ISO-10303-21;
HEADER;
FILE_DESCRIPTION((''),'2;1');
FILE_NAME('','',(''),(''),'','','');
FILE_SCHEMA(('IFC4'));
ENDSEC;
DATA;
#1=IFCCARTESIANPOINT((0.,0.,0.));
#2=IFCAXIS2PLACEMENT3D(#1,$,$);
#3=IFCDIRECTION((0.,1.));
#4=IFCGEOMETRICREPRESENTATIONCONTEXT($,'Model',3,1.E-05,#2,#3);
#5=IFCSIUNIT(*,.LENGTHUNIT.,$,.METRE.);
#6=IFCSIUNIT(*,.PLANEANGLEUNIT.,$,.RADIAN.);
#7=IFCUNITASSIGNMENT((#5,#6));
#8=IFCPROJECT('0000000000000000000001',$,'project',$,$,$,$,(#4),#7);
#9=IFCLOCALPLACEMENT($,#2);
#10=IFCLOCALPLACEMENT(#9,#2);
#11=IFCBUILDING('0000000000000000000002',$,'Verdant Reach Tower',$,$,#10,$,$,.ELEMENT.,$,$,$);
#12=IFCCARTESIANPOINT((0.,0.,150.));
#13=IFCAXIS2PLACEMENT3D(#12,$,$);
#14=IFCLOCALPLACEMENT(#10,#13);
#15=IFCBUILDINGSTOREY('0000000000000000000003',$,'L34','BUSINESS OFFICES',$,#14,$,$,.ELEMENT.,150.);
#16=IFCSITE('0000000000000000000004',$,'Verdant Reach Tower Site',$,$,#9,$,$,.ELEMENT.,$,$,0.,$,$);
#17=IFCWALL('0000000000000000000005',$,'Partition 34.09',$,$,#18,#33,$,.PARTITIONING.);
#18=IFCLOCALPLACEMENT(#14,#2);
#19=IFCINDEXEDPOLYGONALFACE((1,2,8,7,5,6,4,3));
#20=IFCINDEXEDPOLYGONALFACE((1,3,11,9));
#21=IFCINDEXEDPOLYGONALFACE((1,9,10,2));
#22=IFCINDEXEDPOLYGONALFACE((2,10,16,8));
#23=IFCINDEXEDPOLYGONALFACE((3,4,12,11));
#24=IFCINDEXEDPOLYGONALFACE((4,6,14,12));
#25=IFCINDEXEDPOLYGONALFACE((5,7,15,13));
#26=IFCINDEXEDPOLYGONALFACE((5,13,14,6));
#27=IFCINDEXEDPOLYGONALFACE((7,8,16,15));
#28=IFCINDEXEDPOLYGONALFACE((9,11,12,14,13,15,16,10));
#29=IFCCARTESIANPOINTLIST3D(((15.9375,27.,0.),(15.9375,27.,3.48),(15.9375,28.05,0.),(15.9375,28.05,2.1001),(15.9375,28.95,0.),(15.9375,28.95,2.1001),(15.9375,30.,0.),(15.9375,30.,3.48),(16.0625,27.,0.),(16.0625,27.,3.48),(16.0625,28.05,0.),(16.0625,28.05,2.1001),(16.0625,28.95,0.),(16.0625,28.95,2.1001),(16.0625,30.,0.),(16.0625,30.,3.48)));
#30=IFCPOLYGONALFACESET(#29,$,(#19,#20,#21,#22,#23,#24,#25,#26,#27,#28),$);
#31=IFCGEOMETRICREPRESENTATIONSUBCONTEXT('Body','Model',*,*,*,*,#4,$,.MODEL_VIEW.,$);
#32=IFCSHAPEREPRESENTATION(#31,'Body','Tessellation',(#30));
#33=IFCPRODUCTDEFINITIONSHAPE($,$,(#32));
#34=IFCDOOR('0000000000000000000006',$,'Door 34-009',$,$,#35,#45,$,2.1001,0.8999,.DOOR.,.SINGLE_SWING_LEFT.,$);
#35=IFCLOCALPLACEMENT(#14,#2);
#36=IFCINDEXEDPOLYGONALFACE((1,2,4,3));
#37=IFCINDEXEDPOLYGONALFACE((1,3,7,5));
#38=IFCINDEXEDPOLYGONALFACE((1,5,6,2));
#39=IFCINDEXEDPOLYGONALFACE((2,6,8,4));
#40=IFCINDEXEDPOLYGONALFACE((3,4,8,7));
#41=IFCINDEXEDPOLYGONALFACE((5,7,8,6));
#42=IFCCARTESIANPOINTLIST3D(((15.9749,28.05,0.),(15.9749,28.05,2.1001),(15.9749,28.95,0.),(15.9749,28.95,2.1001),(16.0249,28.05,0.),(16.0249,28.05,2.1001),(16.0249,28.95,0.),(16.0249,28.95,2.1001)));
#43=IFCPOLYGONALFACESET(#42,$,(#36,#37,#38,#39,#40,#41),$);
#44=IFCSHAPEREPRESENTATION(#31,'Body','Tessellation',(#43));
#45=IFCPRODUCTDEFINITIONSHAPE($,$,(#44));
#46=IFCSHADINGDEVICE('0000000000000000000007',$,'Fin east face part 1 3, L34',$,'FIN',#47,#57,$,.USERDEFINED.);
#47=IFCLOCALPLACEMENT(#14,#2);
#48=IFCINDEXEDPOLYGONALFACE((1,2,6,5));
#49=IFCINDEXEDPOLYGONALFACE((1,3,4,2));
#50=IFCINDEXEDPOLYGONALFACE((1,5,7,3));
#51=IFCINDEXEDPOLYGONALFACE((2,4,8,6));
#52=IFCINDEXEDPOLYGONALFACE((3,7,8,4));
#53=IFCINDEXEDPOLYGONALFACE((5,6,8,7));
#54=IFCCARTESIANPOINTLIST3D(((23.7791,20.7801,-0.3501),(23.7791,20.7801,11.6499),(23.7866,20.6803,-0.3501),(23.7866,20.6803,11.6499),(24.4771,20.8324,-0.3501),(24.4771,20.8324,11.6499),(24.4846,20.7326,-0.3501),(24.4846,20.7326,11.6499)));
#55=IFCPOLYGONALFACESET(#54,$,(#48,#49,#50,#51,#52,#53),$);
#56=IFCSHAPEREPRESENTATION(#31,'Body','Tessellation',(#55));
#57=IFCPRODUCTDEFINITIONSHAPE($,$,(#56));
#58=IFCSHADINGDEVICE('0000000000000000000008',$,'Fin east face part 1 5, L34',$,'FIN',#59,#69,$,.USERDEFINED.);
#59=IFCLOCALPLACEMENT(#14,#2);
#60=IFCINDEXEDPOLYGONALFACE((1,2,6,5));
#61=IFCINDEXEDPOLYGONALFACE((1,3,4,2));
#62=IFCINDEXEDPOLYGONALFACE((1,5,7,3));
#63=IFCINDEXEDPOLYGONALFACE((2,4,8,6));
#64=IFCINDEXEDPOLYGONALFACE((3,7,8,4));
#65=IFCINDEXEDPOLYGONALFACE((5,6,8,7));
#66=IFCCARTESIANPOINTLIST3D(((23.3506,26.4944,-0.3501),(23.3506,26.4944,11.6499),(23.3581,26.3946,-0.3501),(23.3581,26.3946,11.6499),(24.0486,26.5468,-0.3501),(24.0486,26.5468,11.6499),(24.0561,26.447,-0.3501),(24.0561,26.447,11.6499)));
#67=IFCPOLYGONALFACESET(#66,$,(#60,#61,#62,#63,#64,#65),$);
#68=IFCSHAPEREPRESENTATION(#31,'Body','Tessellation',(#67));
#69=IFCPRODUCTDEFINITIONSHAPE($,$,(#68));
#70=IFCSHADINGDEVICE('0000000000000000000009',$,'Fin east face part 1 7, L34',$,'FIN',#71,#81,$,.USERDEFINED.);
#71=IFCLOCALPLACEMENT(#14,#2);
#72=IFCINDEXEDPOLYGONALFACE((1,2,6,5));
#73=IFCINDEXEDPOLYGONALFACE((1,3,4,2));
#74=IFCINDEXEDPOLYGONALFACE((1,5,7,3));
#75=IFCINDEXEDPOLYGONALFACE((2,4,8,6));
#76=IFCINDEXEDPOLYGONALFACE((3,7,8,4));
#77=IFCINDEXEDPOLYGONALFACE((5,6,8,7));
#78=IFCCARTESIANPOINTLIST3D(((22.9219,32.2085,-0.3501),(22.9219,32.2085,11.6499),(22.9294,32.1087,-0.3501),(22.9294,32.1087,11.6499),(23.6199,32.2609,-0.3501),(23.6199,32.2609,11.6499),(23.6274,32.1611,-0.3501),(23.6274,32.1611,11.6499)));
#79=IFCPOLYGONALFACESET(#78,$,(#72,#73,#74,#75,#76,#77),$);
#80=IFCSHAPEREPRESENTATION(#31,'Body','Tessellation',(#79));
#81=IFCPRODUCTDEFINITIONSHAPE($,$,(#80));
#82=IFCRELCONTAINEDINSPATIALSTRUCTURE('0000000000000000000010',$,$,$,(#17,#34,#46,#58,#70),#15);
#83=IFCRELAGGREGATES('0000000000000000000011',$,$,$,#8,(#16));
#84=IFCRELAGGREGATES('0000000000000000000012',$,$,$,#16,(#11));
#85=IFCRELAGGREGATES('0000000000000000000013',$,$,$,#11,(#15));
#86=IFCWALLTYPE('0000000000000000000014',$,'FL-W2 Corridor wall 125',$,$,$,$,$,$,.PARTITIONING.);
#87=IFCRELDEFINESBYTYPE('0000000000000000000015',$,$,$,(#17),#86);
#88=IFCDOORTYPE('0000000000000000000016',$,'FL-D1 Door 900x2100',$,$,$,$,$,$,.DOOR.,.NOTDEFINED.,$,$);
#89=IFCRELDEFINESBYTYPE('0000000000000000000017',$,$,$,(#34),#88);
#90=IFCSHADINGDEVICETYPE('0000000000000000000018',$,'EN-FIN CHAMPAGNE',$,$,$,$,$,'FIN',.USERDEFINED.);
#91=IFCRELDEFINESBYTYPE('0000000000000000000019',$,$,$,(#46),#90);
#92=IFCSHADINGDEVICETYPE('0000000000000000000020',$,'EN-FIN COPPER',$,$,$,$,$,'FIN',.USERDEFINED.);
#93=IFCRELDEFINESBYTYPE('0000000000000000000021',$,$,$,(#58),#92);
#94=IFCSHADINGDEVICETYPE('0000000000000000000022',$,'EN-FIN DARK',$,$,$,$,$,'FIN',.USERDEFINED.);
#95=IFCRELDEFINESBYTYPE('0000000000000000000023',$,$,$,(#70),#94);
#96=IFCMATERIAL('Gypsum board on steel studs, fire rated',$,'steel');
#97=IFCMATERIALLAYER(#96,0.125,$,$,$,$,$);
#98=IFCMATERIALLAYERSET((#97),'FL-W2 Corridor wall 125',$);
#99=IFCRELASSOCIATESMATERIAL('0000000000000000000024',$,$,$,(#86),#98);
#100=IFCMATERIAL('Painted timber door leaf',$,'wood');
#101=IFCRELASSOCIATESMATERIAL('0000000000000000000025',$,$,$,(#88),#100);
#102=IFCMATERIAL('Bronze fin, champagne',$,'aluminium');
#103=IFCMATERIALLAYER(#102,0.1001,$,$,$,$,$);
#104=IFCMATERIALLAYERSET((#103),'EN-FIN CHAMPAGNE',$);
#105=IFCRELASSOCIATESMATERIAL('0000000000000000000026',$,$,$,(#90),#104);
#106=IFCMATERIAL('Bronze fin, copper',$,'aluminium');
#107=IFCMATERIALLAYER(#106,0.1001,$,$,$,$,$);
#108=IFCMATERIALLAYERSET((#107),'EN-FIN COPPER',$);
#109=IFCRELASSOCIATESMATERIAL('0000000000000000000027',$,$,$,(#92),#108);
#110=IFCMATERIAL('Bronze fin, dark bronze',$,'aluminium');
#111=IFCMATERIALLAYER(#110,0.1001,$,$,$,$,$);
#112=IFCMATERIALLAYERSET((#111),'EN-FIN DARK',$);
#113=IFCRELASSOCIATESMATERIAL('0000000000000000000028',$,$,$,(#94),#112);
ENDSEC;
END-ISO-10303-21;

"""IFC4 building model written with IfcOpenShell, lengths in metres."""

from ifc_helpers import new_model, si_unit, direction, frame, frame_2d, origin, origin_2d, place, context, subcontext, project, spatial, rectangle, extrude, material, layer, layer_set, type_object, element, fill, save


model = new_model("IFC4")

# Units and contexts
model_context = context("Model", 3, precision=1e-05, world=origin(), true_north=direction((0.0, 1.0)))
body_context = subcontext(model_context, "Body", "Model", "MODEL_VIEW")
ifc_project = project(units=[si_unit("LENGTHUNIT", "METRE"), si_unit("PLANEANGLEUNIT", "RADIAN")], contexts=[model_context])

# Site, building, storey
site_placement = place(None, origin())
site = spatial("IfcSite", under=ifc_project, at=site_placement, Name="Verdant Reach Tower Site", CompositionType="ELEMENT", RefElevation=0.0)
building_placement = place(site_placement, origin())
building = spatial("IfcBuilding", under=site, at=building_placement, Name="Verdant Reach Tower", CompositionType="ELEMENT")
storey_placement = place(building_placement, frame((0.0, 0.0, 150.0)))
storey = spatial("IfcBuildingStorey", under=building, at=storey_placement, Name="L34", Description="BUSINESS OFFICES", CompositionType="ELEMENT", Elevation=150.0)

# Wall, opening, door
ifc_material_1 = material(Name="Gypsum board on steel studs, fire rated", Category="steel")
ifc_layer_1 = layer(ifc_material_1, 0.125)
ifc_layer_set_1 = layer_set([ifc_layer_1], Name="FL-W2 Corridor wall 125")
wall_type_1 = type_object("IfcWallType", Name="FL-W2 Corridor wall 125", PredefinedType="PARTITIONING", material=ifc_layer_set_1)
ifc_material_2 = material(Name="Painted timber door leaf", Category="wood")
door_type_1 = type_object("IfcDoorType", Name="FL-D1 Door 900x2100", OperationType="NOTDEFINED", PredefinedType="DOOR", material=ifc_material_2)
wall_1_placement = place(storey_placement, frame((16.0, 30.0, 0.0), z_axis=(0.0, 0.0, 1.0), x_axis=(0.0, -1.0, 0.0)))
wall_1 = element("IfcWall", 1, at=wall_1_placement, inside=storey, type_object=wall_type_1, Name="Partition 34.09", PredefinedType="PARTITIONING", context=body_context, shape_type="SweptSolid", body=[
    extrude(rectangle(XDim=3.0, YDim=0.125, at=frame_2d((1.5, 0.0))), origin(), (0.0, 0.0, 1.0), 3.48),
])
opening_1_placement = place(wall_1_placement, frame((1.05, 0.0, 0.0)))
opening_1 = element("IfcOpeningElement", 2, at=opening_1_placement, cuts=wall_1, PredefinedType="OPENING", context=body_context, shape_type="SweptSolid", body=[
    extrude(rectangle(XDim=0.8999, YDim=2.1001, at=frame_2d((0.45, 1.05))), frame((0.0, 0.0725, 0.0), z_axis=(0.0, -1.0, 0.0), x_axis=(1.0, 0.0, 0.0)), (0.0, 0.0, 1.0), 0.145),
])
door_1_placement = place(opening_1_placement, origin())
door_1 = element("IfcDoor", 3, at=door_1_placement, inside=storey, type_object=door_type_1, Name="Door 34-009", OperationType="SINGLE_SWING_LEFT", OverallHeight=2.1001, OverallWidth=0.8999, PredefinedType="DOOR", context=body_context, shape_type="SweptSolid", body=[
    extrude(rectangle(XDim=0.8999, YDim=2.1001, at=frame_2d((0.45, 1.05))), frame((0.0, 0.0249, 0.0), z_axis=(0.0, -1.0, 0.0), x_axis=(1.0, 0.0, 0.0)), (0.0, 0.0, 1.0), 0.05),
])
fill(opening_1, door_1)

# Shading devices
ifc_material_3 = material(Name="Bronze fin, champagne", Category="aluminium")
ifc_layer_2 = layer(ifc_material_3, 0.1001)
ifc_layer_set_2 = layer_set([ifc_layer_2], Name="EN-FIN CHAMPAGNE")
shading_device_type_1 = type_object("IfcShadingDeviceType", Name="EN-FIN CHAMPAGNE", ElementType="FIN", PredefinedType="USERDEFINED", material=ifc_layer_set_2)
shading_device_1_placement = place(storey_placement, frame((24.1318, 20.7563, -0.3501), z_axis=(0.0, 0.0, 1.0), x_axis=(-0.07479, 0.997199, 0.0)))
element("IfcShadingDevice", 4, at=shading_device_1_placement, inside=storey, type_object=shading_device_type_1, Name="Fin east face part 1 3, L34", ObjectType="FIN", PredefinedType="USERDEFINED", context=body_context, shape_type="SweptSolid", body=[
    extrude(rectangle(XDim=0.1001, YDim=0.7, at=origin_2d()), origin(), (0.0, 0.0, 1.0), 12.0),
])
ifc_material_4 = material(Name="Bronze fin, copper", Category="aluminium")
ifc_layer_3 = layer(ifc_material_4, 0.1001)
ifc_layer_set_3 = layer_set([ifc_layer_3], Name="EN-FIN COPPER")
shading_device_type_2 = type_object("IfcShadingDeviceType", Name="EN-FIN COPPER", ElementType="FIN", PredefinedType="USERDEFINED", material=ifc_layer_set_3)
shading_device_2_placement = place(storey_placement, frame((23.7034, 26.4707, -0.3501), z_axis=(0.0, 0.0, 1.0), x_axis=(-0.07479, 0.997199, 0.0)))
element("IfcShadingDevice", 5, at=shading_device_2_placement, inside=storey, type_object=shading_device_type_2, Name="Fin east face part 1 5, L34", ObjectType="FIN", PredefinedType="USERDEFINED", context=body_context, shape_type="SweptSolid", body=[
    extrude(rectangle(XDim=0.1001, YDim=0.7, at=origin_2d()), origin(), (0.0, 0.0, 1.0), 12.0),
])
ifc_material_5 = material(Name="Bronze fin, dark bronze", Category="aluminium")
ifc_layer_4 = layer(ifc_material_5, 0.1001)
ifc_layer_set_4 = layer_set([ifc_layer_4], Name="EN-FIN DARK")
shading_device_type_3 = type_object("IfcShadingDeviceType", Name="EN-FIN DARK", ElementType="FIN", PredefinedType="USERDEFINED", material=ifc_layer_set_4)
shading_device_3_placement = place(storey_placement, frame((23.2747, 32.1848, -0.3501), z_axis=(0.0, 0.0, 1.0), x_axis=(-0.07479, 0.997199, 0.0)))
element("IfcShadingDevice", 6, at=shading_device_3_placement, inside=storey, type_object=shading_device_type_3, Name="Fin east face part 1 7, L34", ObjectType="FIN", PredefinedType="USERDEFINED", context=body_context, shape_type="SweptSolid", body=[
    extrude(rectangle(XDim=0.1001, YDim=0.7, at=origin_2d()), origin(), (0.0, 0.0, 1.0), 12.0),
])

save(model, "model.ifc")
